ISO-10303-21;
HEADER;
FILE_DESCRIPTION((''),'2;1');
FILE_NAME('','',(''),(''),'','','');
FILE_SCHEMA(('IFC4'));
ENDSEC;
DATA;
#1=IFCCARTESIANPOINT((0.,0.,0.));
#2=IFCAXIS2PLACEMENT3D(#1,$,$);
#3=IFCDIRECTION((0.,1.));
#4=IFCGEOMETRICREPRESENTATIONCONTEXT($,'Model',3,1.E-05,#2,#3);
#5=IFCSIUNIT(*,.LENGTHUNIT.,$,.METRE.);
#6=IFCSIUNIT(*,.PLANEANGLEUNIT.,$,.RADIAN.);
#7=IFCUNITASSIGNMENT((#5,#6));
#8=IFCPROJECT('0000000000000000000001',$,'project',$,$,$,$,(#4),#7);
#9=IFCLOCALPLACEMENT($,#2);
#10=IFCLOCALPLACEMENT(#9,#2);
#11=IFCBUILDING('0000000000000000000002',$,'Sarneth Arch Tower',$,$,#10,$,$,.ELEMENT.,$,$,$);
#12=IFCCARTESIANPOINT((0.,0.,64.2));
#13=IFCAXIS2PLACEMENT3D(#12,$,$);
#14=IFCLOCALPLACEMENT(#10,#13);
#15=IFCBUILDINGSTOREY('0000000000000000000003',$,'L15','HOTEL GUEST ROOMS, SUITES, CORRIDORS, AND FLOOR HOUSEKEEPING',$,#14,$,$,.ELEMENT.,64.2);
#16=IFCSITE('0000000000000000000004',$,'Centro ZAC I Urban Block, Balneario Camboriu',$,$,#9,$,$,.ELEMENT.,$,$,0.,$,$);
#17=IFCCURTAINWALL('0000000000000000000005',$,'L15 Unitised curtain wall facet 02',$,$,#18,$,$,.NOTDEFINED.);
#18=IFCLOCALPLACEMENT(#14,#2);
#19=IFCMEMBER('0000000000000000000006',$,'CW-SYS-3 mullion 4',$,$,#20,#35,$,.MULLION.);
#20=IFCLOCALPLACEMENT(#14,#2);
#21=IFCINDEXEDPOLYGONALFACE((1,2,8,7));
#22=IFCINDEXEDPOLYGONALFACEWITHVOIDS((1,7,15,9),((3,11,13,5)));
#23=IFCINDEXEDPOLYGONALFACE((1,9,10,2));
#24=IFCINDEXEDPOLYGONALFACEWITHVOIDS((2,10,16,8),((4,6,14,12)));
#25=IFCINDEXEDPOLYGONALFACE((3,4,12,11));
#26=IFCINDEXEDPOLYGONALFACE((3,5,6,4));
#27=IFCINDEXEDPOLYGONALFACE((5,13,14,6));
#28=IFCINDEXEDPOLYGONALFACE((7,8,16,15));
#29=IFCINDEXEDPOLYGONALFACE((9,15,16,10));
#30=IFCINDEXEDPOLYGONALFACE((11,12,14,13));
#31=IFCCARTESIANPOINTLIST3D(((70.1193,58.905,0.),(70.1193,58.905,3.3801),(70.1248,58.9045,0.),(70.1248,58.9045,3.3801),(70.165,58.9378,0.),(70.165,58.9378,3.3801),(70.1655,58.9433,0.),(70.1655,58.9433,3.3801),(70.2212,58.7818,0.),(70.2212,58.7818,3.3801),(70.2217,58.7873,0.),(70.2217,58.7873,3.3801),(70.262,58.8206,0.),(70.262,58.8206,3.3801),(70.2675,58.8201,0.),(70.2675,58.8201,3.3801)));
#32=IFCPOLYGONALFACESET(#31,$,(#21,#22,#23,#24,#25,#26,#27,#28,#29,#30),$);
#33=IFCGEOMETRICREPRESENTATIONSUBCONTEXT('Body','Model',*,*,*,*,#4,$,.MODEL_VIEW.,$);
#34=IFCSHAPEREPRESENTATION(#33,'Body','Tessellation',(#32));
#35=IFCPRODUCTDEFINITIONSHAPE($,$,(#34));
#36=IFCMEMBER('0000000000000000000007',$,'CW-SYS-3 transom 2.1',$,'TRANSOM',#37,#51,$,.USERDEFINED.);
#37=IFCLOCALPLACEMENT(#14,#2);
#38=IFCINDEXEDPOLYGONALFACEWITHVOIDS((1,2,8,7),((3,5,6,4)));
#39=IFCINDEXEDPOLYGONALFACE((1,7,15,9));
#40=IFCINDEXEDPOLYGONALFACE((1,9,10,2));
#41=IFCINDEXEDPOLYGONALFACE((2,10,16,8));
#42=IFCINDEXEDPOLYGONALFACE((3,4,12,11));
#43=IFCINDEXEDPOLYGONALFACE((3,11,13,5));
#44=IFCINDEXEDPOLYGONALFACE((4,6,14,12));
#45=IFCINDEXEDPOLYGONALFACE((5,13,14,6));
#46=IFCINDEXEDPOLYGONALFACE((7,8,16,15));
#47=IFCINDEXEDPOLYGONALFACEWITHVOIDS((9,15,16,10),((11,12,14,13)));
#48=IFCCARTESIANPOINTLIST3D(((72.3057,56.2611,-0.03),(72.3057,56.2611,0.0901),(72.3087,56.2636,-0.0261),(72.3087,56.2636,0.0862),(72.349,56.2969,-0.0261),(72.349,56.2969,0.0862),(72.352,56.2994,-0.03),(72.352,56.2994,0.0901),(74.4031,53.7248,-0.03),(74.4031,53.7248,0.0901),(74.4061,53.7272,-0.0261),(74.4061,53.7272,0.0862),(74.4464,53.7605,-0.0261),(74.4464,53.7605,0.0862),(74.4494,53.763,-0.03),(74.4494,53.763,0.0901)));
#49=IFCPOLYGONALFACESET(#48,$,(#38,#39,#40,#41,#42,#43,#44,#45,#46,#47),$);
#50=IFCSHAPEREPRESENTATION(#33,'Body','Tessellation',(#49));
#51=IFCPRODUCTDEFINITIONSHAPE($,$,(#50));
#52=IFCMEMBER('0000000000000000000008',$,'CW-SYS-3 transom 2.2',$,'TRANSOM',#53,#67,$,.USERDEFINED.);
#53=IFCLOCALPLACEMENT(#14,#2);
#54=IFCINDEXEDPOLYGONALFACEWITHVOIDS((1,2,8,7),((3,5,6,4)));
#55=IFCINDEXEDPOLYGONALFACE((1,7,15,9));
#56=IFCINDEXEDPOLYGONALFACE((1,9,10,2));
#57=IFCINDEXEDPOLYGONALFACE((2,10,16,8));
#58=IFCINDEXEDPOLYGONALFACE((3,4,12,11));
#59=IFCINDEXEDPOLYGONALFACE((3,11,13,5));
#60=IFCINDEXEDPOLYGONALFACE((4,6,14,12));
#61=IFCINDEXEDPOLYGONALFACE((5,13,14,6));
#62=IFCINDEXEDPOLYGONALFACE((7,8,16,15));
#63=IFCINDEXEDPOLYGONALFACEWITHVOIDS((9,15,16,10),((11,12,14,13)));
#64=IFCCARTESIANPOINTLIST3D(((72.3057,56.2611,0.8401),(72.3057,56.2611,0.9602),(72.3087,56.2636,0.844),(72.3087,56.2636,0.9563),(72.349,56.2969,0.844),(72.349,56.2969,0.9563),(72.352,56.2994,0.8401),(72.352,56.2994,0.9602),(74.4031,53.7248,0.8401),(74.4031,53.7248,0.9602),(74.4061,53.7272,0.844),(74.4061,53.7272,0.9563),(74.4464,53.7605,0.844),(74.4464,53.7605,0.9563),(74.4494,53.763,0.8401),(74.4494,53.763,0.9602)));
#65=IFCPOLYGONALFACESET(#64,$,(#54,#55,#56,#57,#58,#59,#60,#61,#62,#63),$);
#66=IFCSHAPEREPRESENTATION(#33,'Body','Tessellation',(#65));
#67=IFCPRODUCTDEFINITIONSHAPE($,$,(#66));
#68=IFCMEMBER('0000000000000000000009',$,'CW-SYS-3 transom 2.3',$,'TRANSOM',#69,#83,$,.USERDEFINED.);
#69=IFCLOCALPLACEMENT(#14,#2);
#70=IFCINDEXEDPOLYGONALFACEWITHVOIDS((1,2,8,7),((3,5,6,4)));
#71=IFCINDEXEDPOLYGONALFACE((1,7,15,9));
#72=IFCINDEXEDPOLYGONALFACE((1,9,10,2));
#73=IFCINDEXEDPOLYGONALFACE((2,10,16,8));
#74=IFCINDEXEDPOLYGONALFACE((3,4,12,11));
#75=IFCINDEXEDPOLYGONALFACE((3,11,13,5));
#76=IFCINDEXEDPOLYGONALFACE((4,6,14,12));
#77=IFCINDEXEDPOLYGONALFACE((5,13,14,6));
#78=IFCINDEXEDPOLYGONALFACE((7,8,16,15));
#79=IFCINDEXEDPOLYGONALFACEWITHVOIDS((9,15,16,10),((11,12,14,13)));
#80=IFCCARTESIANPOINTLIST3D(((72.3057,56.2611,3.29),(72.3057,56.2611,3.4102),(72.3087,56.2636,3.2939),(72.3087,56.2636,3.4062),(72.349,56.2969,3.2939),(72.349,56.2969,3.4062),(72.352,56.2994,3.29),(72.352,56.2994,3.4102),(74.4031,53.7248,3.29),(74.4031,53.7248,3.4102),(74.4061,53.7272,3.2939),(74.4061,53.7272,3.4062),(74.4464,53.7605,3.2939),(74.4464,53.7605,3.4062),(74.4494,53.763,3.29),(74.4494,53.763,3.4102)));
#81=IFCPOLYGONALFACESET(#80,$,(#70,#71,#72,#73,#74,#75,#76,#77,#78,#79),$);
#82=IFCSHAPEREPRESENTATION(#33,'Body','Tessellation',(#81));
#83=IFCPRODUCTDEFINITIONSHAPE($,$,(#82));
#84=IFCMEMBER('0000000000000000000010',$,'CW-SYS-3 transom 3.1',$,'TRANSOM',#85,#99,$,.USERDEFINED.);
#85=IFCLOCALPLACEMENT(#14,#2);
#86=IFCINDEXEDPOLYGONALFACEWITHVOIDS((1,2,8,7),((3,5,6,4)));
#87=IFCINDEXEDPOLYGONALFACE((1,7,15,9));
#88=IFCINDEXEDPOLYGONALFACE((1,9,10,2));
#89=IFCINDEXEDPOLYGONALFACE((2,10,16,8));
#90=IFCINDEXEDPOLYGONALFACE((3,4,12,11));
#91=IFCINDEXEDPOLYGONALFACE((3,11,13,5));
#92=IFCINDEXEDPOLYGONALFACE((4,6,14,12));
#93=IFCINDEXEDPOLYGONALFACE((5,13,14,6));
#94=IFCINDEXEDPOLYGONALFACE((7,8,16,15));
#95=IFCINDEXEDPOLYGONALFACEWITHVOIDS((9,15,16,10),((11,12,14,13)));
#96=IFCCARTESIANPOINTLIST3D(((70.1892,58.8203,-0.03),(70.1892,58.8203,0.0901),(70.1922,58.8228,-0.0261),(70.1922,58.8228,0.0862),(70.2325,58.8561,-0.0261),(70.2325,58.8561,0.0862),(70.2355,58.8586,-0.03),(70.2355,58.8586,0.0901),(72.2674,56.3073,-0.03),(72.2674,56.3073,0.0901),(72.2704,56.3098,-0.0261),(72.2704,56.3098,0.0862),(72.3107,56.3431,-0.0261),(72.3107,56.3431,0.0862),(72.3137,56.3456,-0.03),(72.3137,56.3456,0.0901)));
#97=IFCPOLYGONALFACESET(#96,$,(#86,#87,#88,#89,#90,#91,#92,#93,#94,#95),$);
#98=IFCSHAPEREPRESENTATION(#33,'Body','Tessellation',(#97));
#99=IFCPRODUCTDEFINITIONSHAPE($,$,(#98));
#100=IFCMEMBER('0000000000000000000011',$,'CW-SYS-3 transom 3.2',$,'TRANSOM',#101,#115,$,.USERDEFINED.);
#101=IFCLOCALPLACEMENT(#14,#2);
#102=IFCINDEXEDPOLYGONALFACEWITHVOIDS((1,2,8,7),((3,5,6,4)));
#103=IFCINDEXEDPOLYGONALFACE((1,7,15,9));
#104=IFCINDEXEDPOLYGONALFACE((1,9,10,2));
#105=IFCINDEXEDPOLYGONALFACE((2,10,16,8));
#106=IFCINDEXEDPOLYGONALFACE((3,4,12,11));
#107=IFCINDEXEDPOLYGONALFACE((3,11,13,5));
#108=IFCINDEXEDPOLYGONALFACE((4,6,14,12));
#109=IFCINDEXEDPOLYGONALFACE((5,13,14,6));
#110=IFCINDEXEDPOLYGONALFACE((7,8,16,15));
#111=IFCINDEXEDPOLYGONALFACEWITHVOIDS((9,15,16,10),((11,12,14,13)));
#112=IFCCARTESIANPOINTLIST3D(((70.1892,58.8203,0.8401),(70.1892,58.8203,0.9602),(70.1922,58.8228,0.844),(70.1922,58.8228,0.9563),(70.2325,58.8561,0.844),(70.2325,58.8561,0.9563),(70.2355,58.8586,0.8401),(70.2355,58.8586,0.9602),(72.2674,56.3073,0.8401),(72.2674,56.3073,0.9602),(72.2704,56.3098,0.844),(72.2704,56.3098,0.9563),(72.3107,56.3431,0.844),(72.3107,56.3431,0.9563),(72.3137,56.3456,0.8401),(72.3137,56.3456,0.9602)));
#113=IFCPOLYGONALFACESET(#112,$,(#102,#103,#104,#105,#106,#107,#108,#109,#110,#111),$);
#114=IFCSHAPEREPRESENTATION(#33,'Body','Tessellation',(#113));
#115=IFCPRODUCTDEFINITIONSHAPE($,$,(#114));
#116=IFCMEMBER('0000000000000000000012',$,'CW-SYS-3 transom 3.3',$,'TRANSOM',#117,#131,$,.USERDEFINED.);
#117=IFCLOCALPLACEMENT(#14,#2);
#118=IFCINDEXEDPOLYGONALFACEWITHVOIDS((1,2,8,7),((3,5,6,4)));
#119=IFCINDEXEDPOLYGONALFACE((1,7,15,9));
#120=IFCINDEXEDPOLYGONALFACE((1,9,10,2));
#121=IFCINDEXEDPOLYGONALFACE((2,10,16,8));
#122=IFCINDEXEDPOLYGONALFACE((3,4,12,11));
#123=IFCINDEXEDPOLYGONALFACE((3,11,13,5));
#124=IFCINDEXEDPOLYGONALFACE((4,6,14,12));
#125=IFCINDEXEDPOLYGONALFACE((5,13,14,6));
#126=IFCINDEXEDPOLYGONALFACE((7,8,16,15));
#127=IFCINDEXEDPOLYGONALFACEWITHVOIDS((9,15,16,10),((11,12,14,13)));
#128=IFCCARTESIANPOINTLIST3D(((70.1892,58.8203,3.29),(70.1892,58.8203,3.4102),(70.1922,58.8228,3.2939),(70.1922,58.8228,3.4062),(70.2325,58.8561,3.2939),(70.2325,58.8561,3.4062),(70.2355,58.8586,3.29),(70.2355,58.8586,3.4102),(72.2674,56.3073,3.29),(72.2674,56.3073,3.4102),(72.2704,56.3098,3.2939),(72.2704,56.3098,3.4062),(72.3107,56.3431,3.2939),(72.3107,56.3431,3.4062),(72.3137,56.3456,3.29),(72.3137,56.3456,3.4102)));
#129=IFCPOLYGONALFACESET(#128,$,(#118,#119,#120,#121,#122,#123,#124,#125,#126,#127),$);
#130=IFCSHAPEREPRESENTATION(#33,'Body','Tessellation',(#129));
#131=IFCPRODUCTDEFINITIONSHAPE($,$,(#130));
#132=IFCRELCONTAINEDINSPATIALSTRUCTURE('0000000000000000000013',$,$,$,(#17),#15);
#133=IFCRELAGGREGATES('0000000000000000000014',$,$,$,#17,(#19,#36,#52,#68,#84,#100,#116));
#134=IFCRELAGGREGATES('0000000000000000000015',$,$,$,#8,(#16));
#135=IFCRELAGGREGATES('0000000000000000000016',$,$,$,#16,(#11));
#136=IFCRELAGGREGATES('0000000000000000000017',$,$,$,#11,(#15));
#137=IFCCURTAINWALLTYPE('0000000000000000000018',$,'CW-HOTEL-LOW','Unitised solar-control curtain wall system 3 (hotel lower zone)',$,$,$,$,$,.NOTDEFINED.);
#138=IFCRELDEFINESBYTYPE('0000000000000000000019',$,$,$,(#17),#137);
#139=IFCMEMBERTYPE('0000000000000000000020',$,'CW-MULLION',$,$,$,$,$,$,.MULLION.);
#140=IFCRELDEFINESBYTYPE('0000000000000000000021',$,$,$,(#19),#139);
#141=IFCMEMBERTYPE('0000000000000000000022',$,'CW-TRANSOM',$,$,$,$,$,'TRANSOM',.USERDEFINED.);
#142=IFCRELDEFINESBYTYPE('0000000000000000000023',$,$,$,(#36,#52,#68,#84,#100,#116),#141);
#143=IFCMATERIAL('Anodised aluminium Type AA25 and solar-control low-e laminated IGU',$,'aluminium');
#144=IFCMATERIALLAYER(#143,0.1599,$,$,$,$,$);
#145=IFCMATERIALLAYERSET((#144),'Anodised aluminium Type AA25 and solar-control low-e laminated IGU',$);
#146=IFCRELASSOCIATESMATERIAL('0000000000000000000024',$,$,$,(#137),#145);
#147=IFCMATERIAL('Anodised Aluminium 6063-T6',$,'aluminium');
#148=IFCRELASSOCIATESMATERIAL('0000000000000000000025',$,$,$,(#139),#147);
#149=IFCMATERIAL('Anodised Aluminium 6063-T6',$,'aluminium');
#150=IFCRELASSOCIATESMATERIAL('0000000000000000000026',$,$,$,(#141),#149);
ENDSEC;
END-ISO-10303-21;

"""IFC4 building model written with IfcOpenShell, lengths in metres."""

from ifc_helpers import new_model, si_unit, direction, frame, origin, origin_2d, place, context, subcontext, project, spatial, hollow_rectangle, extrude, material, layer, layer_set, material_profile, profile_set, type_object, element, aggregate, save


model = new_model("IFC4")

# Units and contexts
model_context = context("Model", 3, precision=1e-05, world=origin(), true_north=direction((0.0, 1.0)))
body_context = subcontext(model_context, "Body", "Model", "MODEL_VIEW")
ifc_project = project(units=[si_unit("LENGTHUNIT", "METRE"), si_unit("PLANEANGLEUNIT", "RADIAN")], contexts=[model_context])

# Site, building, storey
site_placement = place(None, origin())
site = spatial("IfcSite", under=ifc_project, at=site_placement, Name="Centro ZAC I Urban Block, Balneario Camboriu", CompositionType="ELEMENT", RefElevation=0.0)
building_placement = place(site_placement, origin())
building = spatial("IfcBuilding", under=site, at=building_placement, Name="Sarneth Arch Tower", CompositionType="ELEMENT")
storey_placement = place(building_placement, frame((0.0, 0.0, 64.2)))
storey = spatial("IfcBuildingStorey", under=building, at=storey_placement, Name="L15", Description="HOTEL GUEST ROOMS, SUITES, CORRIDORS, AND FLOOR HOUSEKEEPING", CompositionType="ELEMENT", Elevation=64.2)

# Curtain wall, members
ifc_material_1 = material(Name="Anodised aluminium Type AA25 and solar-control low-e laminated IGU", Category="aluminium")
ifc_layer_1 = layer(ifc_material_1, 0.1599)
ifc_layer_set_1 = layer_set([ifc_layer_1], Name="Anodised aluminium Type AA25 and solar-control low-e laminated IGU")
curtain_wall_type = type_object("IfcCurtainWallType", Name="CW-HOTEL-LOW", Description="Unitised solar-control curtain wall system 3 (hotel lower zone)", PredefinedType="NOTDEFINED", material=ifc_layer_set_1)
curtain_wall_placement = place(storey_placement, origin())
curtain_wall = element("IfcCurtainWall", 1, at=curtain_wall_placement, inside=storey, type_object=curtain_wall_type, Name="L15 Unitised curtain wall facet 02", PredefinedType="NOTDEFINED")
ifc_material_2 = material(Name="Anodised Aluminium 6063-T6", Category="aluminium")
ifc_material_profile_1 = material_profile(ifc_material_2, hollow_rectangle(XDim=0.0601, YDim=0.1599, WallThickness=0.0039, at=origin_2d()), Name="AL-MULL-160x60x4")
ifc_profile_set_1 = profile_set([ifc_material_profile_1], Name="Anodised Aluminium 6063-T6")
member_type_1 = type_object("IfcMemberType", Name="CW-MULLION", PredefinedType="MULLION", material=ifc_profile_set_1)
member_1_placement = place(storey_placement, frame((70.1934, 58.8625, 0.0), z_axis=(0.0, 0.0, 1.0), x_axis=(-0.770623, -0.637291, 0.0)))
member_1 = element("IfcMember", 2, at=member_1_placement, type_object=member_type_1, Name="CW-SYS-3 mullion 4", PredefinedType="MULLION", context=body_context, shape_type="SweptSolid", body=[
    extrude(hollow_rectangle(XDim=0.0601, YDim=0.1599, WallThickness=0.0039, at=origin_2d()), origin(), (0.0, 0.0, 1.0), 3.3801),
])
ifc_material_3 = material(Name="Anodised Aluminium 6063-T6", Category="aluminium")
ifc_material_profile_2 = material_profile(ifc_material_3, hollow_rectangle(XDim=0.0601, YDim=0.1201, WallThickness=0.0039, at=origin_2d()), Name="AL-TRAN-120x60x4")
ifc_profile_set_2 = profile_set([ifc_material_profile_2], Name="Anodised Aluminium 6063-T6")
member_type_2 = type_object("IfcMemberType", Name="CW-TRANSOM", ElementType="TRANSOM", PredefinedType="USERDEFINED", material=ifc_profile_set_2)
member_2_placement = place(storey_placement, frame((74.4263, 53.7439, 0.03), z_axis=(-0.637269, 0.770642, 0.0), x_axis=(-0.770642, -0.637269, 0.0)))
member_2 = element("IfcMember", 3, at=member_2_placement, type_object=member_type_2, Name="CW-SYS-3 transom 2.1", ObjectType="TRANSOM", PredefinedType="USERDEFINED", context=body_context, shape_type="SweptSolid", body=[
    extrude(hollow_rectangle(XDim=0.0601, YDim=0.1201, WallThickness=0.0039, at=origin_2d()), origin(), (0.0, 0.0, 1.0), 3.2913),
])
member_3_placement = place(storey_placement, frame((74.4263, 53.7439, 0.9001), z_axis=(-0.637269, 0.770642, 0.0), x_axis=(-0.770642, -0.637269, 0.0)))
member_3 = element("IfcMember", 4, at=member_3_placement, type_object=member_type_2, Name="CW-SYS-3 transom 2.2", ObjectType="TRANSOM", PredefinedType="USERDEFINED", context=body_context, shape_type="SweptSolid", body=[
    extrude(hollow_rectangle(XDim=0.0601, YDim=0.1201, WallThickness=0.0039, at=origin_2d()), origin(), (0.0, 0.0, 1.0), 3.2913),
])
member_4_placement = place(storey_placement, frame((74.4263, 53.7439, 3.3501), z_axis=(-0.637269, 0.770642, 0.0), x_axis=(-0.770642, -0.637269, 0.0)))
member_4 = element("IfcMember", 5, at=member_4_placement, type_object=member_type_2, Name="CW-SYS-3 transom 2.3", ObjectType="TRANSOM", PredefinedType="USERDEFINED", context=body_context, shape_type="SweptSolid", body=[
    extrude(hollow_rectangle(XDim=0.0601, YDim=0.1201, WallThickness=0.0039, at=origin_2d()), origin(), (0.0, 0.0, 1.0), 3.2913),
])
member_5_placement = place(storey_placement, frame((72.2905, 56.3264, 0.03), z_axis=(-0.637286, 0.770628, 0.0), x_axis=(-0.770628, -0.637286, 0.0)))
member_5 = element("IfcMember", 6, at=member_5_placement, type_object=member_type_2, Name="CW-SYS-3 transom 3.1", ObjectType="TRANSOM", PredefinedType="USERDEFINED", context=body_context, shape_type="SweptSolid", body=[
    extrude(hollow_rectangle(XDim=0.0601, YDim=0.1201, WallThickness=0.0039, at=origin_2d()), origin(), (0.0, 0.0, 1.0), 3.261),
])
member_6_placement = place(storey_placement, frame((72.2905, 56.3264, 0.9001), z_axis=(-0.637286, 0.770628, 0.0), x_axis=(-0.770628, -0.637286, 0.0)))
member_6 = element("IfcMember", 7, at=member_6_placement, type_object=member_type_2, Name="CW-SYS-3 transom 3.2", ObjectType="TRANSOM", PredefinedType="USERDEFINED", context=body_context, shape_type="SweptSolid", body=[
    extrude(hollow_rectangle(XDim=0.0601, YDim=0.1201, WallThickness=0.0039, at=origin_2d()), origin(), (0.0, 0.0, 1.0), 3.261),
])
member_7_placement = place(storey_placement, frame((72.2905, 56.3264, 3.3501), z_axis=(-0.637286, 0.770628, 0.0), x_axis=(-0.770628, -0.637286, 0.0)))
member_7 = element("IfcMember", 8, at=member_7_placement, type_object=member_type_2, Name="CW-SYS-3 transom 3.3", ObjectType="TRANSOM", PredefinedType="USERDEFINED", context=body_context, shape_type="SweptSolid", body=[
    extrude(hollow_rectangle(XDim=0.0601, YDim=0.1201, WallThickness=0.0039, at=origin_2d()), origin(), (0.0, 0.0, 1.0), 3.261),
])

aggregate(curtain_wall, [member_1, member_2, member_3, member_4, member_5, member_6, member_7])

save(model, "model.ifc")
